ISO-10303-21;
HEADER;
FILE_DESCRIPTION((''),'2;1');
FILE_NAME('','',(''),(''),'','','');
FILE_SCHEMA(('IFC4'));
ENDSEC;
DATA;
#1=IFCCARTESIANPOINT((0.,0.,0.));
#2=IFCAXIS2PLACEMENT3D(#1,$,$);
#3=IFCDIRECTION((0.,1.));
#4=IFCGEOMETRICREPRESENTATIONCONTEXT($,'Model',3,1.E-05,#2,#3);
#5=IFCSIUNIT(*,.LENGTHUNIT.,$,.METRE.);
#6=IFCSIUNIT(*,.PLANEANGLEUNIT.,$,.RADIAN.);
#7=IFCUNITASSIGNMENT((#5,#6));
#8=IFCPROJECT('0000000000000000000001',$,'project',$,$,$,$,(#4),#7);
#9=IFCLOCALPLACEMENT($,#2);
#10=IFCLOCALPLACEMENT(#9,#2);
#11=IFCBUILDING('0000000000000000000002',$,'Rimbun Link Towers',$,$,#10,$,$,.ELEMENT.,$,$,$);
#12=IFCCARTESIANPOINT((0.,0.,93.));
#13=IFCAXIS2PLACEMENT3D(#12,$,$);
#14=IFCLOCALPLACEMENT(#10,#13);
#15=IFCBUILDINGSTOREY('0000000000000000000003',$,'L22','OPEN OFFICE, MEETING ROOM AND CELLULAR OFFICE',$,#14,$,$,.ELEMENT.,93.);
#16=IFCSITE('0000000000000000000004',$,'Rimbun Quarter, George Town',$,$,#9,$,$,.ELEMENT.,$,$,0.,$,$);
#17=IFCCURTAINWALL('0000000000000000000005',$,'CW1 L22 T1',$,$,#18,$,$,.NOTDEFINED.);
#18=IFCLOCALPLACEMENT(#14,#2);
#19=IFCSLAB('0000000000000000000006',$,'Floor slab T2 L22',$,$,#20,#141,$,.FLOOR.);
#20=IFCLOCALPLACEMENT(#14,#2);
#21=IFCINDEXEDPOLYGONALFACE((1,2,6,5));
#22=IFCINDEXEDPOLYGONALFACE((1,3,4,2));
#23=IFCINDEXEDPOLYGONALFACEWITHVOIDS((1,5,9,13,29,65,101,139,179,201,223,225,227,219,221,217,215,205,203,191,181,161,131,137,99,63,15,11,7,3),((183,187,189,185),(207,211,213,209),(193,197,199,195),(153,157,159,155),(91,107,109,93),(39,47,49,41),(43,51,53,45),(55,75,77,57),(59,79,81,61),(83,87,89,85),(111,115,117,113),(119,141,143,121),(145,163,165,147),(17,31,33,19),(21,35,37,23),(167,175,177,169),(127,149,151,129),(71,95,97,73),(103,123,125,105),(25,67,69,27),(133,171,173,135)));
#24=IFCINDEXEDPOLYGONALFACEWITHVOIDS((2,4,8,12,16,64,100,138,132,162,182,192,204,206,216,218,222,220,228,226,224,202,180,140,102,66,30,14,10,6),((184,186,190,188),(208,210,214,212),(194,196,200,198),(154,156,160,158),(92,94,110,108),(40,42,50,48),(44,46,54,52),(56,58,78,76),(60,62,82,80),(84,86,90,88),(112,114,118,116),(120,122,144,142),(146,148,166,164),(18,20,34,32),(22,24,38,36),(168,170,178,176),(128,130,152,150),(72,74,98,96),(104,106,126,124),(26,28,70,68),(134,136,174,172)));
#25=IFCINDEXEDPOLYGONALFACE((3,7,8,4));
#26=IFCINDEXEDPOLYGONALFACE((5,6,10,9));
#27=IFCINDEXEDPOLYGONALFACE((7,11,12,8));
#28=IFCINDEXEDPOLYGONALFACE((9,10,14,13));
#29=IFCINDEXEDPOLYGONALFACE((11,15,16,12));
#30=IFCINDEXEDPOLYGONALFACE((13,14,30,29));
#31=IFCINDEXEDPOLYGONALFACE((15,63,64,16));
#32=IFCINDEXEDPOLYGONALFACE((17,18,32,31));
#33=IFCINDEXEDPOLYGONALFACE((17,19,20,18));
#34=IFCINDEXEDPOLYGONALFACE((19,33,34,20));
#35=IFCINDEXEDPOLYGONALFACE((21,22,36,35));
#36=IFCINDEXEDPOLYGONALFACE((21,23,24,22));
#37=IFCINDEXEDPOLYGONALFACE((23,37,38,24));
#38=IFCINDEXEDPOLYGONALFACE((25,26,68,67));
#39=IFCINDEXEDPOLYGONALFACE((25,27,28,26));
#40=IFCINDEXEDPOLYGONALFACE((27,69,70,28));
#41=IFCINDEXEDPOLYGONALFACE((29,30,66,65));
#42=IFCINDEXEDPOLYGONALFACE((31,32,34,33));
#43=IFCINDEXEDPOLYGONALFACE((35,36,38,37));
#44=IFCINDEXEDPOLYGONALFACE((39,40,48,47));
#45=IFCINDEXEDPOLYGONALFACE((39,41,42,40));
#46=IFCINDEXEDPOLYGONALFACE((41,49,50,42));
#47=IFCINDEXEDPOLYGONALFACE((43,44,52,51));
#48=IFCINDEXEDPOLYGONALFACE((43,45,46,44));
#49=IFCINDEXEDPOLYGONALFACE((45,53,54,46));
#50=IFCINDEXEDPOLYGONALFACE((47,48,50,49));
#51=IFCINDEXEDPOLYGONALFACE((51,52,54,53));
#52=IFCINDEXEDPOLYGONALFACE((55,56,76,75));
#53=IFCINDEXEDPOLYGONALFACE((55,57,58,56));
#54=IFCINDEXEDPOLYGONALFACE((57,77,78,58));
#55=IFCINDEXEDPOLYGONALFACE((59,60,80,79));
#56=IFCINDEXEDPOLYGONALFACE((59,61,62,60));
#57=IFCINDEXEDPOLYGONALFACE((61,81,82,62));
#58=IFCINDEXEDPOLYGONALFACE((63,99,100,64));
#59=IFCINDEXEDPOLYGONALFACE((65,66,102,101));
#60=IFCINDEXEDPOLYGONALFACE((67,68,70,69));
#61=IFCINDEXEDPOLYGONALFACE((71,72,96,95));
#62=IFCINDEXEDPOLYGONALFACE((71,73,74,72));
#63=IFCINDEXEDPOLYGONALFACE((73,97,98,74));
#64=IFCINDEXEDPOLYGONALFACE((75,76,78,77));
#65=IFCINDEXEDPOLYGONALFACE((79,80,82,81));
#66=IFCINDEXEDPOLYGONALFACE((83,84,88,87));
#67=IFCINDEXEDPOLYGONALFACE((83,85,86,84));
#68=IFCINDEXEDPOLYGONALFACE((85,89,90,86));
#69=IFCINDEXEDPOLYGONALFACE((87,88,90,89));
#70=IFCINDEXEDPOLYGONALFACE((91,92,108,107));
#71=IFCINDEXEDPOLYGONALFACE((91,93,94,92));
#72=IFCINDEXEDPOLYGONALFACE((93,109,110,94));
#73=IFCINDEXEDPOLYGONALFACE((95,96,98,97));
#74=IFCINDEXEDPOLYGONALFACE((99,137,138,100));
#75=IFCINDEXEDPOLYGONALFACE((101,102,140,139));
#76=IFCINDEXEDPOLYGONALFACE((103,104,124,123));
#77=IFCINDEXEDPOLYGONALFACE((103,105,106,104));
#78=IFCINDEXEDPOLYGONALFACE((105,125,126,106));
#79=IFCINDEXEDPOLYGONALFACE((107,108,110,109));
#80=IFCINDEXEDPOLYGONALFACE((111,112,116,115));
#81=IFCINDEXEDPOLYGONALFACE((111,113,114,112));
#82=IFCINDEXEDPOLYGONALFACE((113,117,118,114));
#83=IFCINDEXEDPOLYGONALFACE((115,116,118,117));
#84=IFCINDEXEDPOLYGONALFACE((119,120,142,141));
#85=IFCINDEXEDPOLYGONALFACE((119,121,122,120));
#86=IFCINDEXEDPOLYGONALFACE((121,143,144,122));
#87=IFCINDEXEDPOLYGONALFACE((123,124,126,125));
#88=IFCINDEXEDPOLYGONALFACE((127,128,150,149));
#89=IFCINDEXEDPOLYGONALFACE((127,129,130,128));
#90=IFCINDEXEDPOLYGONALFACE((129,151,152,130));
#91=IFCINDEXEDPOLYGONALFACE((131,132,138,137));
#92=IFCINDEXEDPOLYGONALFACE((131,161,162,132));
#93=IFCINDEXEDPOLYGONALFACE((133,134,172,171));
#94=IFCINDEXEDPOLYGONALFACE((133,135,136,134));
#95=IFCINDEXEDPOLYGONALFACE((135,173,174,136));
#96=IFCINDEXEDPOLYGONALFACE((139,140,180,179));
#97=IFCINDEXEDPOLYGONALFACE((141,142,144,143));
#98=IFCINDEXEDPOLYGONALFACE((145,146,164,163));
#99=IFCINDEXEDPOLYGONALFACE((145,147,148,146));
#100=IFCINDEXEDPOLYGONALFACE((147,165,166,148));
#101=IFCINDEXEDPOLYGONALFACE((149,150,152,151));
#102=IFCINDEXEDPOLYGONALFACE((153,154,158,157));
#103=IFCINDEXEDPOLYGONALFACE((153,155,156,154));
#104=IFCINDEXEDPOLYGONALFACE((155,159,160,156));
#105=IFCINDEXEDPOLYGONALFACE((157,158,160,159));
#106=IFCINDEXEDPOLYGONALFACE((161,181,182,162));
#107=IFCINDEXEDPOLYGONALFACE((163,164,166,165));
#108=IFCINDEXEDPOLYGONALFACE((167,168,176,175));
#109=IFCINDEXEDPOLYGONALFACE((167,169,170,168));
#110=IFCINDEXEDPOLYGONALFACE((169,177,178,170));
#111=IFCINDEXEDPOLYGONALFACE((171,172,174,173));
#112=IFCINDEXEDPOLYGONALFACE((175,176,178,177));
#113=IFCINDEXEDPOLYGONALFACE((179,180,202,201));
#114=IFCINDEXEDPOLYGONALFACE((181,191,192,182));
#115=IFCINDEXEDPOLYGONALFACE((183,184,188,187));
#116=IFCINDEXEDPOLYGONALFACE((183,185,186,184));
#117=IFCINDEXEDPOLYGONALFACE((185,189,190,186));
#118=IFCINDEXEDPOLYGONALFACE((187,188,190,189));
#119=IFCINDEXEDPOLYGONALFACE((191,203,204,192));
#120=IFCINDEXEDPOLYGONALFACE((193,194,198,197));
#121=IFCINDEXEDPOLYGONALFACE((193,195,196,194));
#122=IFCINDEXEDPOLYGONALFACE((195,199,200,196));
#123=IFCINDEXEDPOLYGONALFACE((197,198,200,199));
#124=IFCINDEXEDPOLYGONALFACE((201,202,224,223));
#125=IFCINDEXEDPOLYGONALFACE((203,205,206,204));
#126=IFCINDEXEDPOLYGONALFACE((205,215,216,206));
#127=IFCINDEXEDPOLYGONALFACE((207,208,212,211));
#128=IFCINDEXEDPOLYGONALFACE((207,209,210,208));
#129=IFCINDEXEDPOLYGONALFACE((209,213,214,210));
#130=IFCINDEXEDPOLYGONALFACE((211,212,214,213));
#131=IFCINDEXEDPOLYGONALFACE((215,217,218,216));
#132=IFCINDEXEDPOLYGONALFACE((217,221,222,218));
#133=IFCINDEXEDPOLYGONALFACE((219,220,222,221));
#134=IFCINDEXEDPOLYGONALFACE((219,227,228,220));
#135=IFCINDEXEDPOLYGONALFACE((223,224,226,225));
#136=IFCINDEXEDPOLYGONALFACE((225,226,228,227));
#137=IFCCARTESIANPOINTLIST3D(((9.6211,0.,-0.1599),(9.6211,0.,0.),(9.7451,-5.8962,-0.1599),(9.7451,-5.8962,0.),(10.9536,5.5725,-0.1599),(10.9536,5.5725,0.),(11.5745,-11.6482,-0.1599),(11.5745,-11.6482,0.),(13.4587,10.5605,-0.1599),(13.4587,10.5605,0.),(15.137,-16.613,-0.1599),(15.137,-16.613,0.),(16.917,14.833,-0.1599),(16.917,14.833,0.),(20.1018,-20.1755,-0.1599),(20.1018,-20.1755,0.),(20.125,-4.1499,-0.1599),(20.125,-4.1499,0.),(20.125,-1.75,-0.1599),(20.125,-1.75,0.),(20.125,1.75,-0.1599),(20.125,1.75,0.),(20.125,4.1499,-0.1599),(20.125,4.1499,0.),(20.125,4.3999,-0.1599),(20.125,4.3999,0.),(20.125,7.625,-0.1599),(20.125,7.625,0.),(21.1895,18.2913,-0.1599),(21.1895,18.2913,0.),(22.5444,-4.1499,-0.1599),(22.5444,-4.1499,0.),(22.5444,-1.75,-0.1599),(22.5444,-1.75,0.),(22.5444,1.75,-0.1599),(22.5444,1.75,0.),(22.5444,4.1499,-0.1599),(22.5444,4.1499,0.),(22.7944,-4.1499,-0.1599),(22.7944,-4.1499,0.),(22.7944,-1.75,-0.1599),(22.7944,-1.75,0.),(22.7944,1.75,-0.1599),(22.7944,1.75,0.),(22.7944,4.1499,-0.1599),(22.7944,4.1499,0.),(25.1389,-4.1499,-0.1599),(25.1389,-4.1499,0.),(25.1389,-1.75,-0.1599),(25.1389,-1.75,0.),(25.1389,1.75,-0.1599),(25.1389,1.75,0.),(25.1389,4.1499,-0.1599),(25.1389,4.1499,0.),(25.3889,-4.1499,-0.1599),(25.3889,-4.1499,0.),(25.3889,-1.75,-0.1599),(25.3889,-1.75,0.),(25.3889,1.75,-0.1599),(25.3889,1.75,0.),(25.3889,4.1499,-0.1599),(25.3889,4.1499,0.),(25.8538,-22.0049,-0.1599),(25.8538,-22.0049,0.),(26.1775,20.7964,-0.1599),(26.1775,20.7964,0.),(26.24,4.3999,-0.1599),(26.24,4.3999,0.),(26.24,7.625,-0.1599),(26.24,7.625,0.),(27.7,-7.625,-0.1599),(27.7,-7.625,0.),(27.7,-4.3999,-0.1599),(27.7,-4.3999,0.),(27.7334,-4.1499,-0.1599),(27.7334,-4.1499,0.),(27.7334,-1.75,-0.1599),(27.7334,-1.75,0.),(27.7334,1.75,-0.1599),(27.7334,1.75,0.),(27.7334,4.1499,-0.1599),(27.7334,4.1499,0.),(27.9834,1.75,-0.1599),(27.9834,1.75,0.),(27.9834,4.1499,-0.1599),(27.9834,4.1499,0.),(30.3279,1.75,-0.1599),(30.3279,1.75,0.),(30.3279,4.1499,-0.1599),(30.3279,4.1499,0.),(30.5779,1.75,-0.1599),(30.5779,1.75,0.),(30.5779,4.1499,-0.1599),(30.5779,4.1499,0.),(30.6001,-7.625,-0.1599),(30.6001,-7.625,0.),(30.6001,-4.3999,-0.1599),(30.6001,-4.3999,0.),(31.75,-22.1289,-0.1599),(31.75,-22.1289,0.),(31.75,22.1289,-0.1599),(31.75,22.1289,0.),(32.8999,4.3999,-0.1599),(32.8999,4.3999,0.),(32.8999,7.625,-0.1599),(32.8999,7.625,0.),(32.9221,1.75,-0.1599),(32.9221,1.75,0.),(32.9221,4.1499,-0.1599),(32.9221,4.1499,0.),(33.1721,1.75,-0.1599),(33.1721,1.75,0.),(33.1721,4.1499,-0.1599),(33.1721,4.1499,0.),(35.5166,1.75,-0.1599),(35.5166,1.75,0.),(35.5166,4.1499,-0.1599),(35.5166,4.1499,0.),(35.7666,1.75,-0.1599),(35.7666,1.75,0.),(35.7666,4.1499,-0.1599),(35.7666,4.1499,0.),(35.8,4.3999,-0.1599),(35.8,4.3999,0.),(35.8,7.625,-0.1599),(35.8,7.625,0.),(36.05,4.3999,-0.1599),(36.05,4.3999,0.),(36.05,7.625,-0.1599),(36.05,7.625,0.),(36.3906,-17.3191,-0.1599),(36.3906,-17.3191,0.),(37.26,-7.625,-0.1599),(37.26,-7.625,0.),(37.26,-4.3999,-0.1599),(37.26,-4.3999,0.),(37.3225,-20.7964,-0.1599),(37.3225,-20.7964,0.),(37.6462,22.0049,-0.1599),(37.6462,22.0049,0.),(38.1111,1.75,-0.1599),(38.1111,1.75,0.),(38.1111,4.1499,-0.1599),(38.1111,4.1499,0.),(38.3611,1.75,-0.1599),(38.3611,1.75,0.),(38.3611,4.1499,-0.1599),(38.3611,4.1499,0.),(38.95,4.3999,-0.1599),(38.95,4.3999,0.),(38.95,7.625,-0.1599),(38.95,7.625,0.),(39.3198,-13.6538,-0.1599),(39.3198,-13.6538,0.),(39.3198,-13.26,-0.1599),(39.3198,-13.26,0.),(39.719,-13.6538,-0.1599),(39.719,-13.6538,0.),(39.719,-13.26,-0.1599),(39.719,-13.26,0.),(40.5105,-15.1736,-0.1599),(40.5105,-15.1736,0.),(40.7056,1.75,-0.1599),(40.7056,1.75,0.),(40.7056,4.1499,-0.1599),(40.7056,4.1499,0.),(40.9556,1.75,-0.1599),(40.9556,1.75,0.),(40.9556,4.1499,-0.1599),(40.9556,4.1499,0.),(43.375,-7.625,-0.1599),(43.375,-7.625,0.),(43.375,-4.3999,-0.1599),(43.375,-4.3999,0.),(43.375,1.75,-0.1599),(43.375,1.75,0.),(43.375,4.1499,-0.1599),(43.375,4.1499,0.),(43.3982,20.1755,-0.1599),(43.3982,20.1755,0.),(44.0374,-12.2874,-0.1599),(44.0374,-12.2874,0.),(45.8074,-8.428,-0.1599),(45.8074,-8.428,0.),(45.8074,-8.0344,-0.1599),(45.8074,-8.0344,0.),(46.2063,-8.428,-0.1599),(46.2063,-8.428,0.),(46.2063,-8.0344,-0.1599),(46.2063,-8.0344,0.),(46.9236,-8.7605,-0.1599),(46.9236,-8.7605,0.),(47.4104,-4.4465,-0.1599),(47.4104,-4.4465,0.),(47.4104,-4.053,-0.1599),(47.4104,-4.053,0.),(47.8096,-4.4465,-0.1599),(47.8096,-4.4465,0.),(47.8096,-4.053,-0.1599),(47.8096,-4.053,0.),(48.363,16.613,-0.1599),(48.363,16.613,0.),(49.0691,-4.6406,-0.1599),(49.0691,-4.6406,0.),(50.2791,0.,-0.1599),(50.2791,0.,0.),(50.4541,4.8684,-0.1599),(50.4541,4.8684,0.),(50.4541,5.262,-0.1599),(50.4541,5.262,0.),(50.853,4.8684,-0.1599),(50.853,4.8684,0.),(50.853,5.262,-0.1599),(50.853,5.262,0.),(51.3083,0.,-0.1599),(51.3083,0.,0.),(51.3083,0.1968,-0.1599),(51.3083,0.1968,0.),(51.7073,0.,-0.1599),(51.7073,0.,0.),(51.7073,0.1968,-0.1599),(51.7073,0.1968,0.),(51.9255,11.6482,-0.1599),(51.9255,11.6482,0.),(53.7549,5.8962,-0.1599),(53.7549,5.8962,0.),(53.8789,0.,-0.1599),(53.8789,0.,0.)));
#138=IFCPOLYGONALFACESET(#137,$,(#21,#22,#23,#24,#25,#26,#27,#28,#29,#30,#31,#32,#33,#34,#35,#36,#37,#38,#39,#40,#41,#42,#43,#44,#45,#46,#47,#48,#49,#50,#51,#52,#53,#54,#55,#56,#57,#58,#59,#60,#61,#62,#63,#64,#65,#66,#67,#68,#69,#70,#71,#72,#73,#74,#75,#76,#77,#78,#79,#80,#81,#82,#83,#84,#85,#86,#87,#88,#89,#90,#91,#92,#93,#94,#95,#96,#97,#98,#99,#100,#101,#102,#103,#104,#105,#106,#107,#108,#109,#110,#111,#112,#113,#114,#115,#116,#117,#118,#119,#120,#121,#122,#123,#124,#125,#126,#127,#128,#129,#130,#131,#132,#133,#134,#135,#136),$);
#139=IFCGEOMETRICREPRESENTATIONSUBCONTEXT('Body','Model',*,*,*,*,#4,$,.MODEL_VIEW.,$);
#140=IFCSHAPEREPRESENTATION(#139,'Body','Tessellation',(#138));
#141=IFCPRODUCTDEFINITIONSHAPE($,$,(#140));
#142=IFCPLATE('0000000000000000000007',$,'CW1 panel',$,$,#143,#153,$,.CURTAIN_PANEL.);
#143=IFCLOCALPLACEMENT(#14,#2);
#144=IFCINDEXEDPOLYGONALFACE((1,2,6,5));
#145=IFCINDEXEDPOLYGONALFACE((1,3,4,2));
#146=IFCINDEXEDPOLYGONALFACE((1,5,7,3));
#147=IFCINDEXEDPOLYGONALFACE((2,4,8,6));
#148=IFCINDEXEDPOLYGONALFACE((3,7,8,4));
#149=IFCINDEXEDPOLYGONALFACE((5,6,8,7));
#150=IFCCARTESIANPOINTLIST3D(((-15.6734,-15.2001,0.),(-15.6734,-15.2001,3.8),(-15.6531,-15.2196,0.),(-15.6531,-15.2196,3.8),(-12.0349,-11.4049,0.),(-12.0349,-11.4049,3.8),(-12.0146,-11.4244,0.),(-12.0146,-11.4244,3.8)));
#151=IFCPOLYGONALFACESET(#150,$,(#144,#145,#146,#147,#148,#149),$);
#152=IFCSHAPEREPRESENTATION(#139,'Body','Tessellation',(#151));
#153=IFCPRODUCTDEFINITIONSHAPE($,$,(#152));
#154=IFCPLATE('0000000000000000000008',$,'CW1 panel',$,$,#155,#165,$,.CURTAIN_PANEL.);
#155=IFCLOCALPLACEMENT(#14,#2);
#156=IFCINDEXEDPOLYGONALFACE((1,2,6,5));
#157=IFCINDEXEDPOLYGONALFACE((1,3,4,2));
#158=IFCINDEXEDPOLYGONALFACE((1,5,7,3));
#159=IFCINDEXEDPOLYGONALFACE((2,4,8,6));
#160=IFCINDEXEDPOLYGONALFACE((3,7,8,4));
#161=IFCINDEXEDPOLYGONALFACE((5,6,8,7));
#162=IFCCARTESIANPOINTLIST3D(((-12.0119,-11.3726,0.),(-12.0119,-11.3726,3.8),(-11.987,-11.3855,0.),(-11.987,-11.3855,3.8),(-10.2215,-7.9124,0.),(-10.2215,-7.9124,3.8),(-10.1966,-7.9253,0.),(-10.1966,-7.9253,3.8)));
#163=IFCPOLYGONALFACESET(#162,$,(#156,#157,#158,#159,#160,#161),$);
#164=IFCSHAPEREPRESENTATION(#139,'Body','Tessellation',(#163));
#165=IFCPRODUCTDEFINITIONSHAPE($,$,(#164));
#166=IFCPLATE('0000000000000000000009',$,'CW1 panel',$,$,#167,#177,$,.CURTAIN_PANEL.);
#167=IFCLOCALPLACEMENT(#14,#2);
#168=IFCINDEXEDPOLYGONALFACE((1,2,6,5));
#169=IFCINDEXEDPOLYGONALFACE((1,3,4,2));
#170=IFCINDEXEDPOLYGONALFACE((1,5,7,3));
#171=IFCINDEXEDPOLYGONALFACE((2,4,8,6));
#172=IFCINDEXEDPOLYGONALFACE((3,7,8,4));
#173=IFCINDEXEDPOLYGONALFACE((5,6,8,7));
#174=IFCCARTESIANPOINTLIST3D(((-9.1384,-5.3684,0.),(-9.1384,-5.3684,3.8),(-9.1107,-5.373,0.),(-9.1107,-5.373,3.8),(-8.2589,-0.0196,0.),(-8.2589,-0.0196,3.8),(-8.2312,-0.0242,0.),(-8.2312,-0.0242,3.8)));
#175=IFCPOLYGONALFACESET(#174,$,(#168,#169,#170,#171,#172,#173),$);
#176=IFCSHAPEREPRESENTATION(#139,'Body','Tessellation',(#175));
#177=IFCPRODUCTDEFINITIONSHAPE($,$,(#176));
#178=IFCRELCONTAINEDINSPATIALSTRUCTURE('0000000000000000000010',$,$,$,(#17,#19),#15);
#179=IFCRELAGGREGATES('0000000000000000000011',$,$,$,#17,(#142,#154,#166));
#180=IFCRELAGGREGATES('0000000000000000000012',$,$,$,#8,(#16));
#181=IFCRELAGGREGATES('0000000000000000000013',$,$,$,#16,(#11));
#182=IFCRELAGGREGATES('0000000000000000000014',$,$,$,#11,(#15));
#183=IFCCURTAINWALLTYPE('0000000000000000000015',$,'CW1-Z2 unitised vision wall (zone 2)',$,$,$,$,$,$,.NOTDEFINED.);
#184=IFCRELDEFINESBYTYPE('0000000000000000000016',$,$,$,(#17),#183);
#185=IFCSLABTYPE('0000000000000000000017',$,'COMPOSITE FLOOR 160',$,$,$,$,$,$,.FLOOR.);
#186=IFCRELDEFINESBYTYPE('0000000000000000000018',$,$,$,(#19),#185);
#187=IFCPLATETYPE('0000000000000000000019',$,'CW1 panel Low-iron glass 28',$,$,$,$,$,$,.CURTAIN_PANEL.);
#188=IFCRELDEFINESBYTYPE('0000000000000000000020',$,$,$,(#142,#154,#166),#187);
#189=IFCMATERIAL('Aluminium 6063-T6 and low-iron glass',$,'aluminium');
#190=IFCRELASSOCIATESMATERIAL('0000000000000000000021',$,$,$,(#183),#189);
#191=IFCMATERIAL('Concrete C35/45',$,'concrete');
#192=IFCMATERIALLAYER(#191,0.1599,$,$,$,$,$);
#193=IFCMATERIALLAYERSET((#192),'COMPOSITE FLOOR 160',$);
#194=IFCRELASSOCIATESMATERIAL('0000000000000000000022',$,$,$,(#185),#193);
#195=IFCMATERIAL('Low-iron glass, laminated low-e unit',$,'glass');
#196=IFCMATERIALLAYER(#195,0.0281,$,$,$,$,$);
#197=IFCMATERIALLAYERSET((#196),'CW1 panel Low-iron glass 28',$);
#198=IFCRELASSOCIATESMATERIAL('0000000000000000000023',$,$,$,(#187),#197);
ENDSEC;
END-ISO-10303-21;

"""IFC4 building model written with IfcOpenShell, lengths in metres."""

from ifc_helpers import new_model, si_unit, direction, frame, origin, origin_2d, place, context, subcontext, project, spatial, polyline, rectangle, outline, extrude, material, layer, layer_set, type_object, element, aggregate, save


model = new_model("IFC4")

# Units and contexts
model_context = context("Model", 3, precision=1e-05, world=origin(), true_north=direction((0.0, 1.0)))
body_context = subcontext(model_context, "Body", "Model", "MODEL_VIEW")
ifc_project = project(units=[si_unit("LENGTHUNIT", "METRE"), si_unit("PLANEANGLEUNIT", "RADIAN")], contexts=[model_context])

# Site, building, storey
site_placement = place(None, origin())
site = spatial("IfcSite", under=ifc_project, at=site_placement, Name="Rimbun Quarter, George Town", CompositionType="ELEMENT", RefElevation=0.0)
building_placement = place(site_placement, origin())
building = spatial("IfcBuilding", under=site, at=building_placement, Name="Rimbun Link Towers", CompositionType="ELEMENT")
storey_placement = place(building_placement, frame((0.0, 0.0, 93.0)))
storey = spatial("IfcBuildingStorey", under=building, at=storey_placement, Name="L22", Description="OPEN OFFICE, MEETING ROOM AND CELLULAR OFFICE", CompositionType="ELEMENT", Elevation=93.0)

# Curtain wall
ifc_material_1 = material(Name="Aluminium 6063-T6 and low-iron glass", Category="aluminium")
curtain_wall_type = type_object("IfcCurtainWallType", Name="CW1-Z2 unitised vision wall (zone 2)", PredefinedType="NOTDEFINED", material=ifc_material_1)
curtain_wall_placement = place(storey_placement, origin())
curtain_wall = element("IfcCurtainWall", 1, at=curtain_wall_placement, inside=storey, type_object=curtain_wall_type, Name="CW1 L22 T1", PredefinedType="NOTDEFINED")

# Slab
ifc_material_2 = material(Name="Concrete C35/45", Category="concrete")
ifc_layer_1 = layer(ifc_material_2, 0.1599)
ifc_layer_set_1 = layer_set([ifc_layer_1], Name="COMPOSITE FLOOR 160")
slab_type_1 = type_object("IfcSlabType", Name="COMPOSITE FLOOR 160", PredefinedType="FLOOR", material=ifc_layer_set_1)
slab_1_placement = place(storey_placement, frame((0.0, 0.0, -0.1599)))
element("IfcSlab", 2, at=slab_1_placement, inside=storey, type_object=slab_type_1, Name="Floor slab T2 L22", PredefinedType="FLOOR", context=body_context, shape_type="SweptSolid", body=[
    extrude(outline(polyline([(50.2791, 0.0), (49.0691, -4.6406), (46.9236, -8.7605), (44.0374, -12.2874), (40.5105, -15.1736), (36.3906, -17.3191), (37.3225, -20.7964), (31.75, -22.1289), (25.8538, -22.0049), (20.1018, -20.1755), (15.137, -16.613), (11.5745, -11.6482), (9.7451, -5.8962), (9.6211, 0.0), (10.9536, 5.5725), (13.4587, 10.5605), (16.917, 14.833), (21.1895, 18.2913), (26.1775, 20.7964), (31.75, 22.1289), (37.6462, 22.0049), (43.3982, 20.1755), (48.363, 16.613), (51.9255, 11.6482), (53.7549, 5.8962), (53.8789, 0.0), (51.7073, 0.0), (51.7073, 0.1968), (51.3083, 0.1968), (51.3083, 0.0), (50.2791, 0.0)]), holes=[polyline([(30.6001, -7.625), (30.6001, -4.3999), (27.7, -4.3999), (27.7, -7.625), (30.6001, -7.625)]), polyline([(22.5444, -4.1499), (22.5444, -1.75), (20.125, -1.75), (20.125, -4.1499), (22.5444, -4.1499)]), polyline([(25.1389, -4.1499), (25.1389, -1.75), (22.7944, -1.75), (22.7944, -4.1499), (25.1389, -4.1499)]), polyline([(25.3889, -4.1499), (27.7334, -4.1499), (27.7334, -1.75), (25.3889, -1.75), (25.3889, -4.1499)]), polyline([(20.125, 1.75), (22.5444, 1.75), (22.5444, 4.1499), (20.125, 4.1499), (20.125, 1.75)]), polyline([(25.1389, 1.75), (25.1389, 4.1499), (22.7944, 4.1499), (22.7944, 1.75), (25.1389, 1.75)]), polyline([(25.3889, 1.75), (27.7334, 1.75), (27.7334, 4.1499), (25.3889, 4.1499), (25.3889, 1.75)]), polyline([(27.9834, 1.75), (30.3279, 1.75), (30.3279, 4.1499), (27.9834, 4.1499), (27.9834, 1.75)]), polyline([(32.9221, 1.75), (32.9221, 4.1499), (30.5779, 4.1499), (30.5779, 1.75), (32.9221, 1.75)]), polyline([(33.1721, 1.75), (35.5166, 1.75), (35.5166, 4.1499), (33.1721, 4.1499), (33.1721, 1.75)]), polyline([(20.125, 4.3999), (26.24, 4.3999), (26.24, 7.625), (20.125, 7.625), (20.125, 4.3999)]), polyline([(39.719, -13.6538), (39.719, -13.26), (39.3198, -13.26), (39.3198, -13.6538), (39.719, -13.6538)]), polyline([(46.2063, -8.428), (46.2063, -8.0344), (45.8074, -8.0344), (45.8074, -8.428), (46.2063, -8.428)]), polyline([(43.375, -7.625), (43.375, -4.3999), (37.26, -4.3999), (37.26, -7.625), (43.375, -7.625)]), polyline([(47.4104, -4.4465), (47.8096, -4.4465), (47.8096, -4.053), (47.4104, -4.053), (47.4104, -4.4465)]), polyline([(38.1111, 1.75), (38.1111, 4.1499), (35.7666, 4.1499), (35.7666, 1.75), (38.1111, 1.75)]), polyline([(38.3611, 1.75), (40.7056, 1.75), (40.7056, 4.1499), (38.3611, 4.1499), (38.3611, 1.75)]), polyline([(40.9556, 1.75), (43.375, 1.75), (43.375, 4.1499), (40.9556, 4.1499), (40.9556, 1.75)]), polyline([(50.853, 4.8684), (50.853, 5.262), (50.4541, 5.262), (50.4541, 4.8684), (50.853, 4.8684)]), polyline([(32.8999, 4.3999), (35.8, 4.3999), (35.8, 7.625), (32.8999, 7.625), (32.8999, 4.3999)]), polyline([(36.05, 4.3999), (38.95, 4.3999), (38.95, 7.625), (36.05, 7.625), (36.05, 4.3999)])]), origin(), (0.0, 0.0, 1.0), 0.1599),
])

# Plates
ifc_material_3 = material(Name="Low-iron glass, laminated low-e unit", Category="glass")
ifc_layer_2 = layer(ifc_material_3, 0.0281)
ifc_layer_set_2 = layer_set([ifc_layer_2], Name="CW1 panel Low-iron glass 28")
plate_type = type_object("IfcPlateType", Name="CW1 panel Low-iron glass 28", PredefinedType="CURTAIN_PANEL", material=ifc_layer_set_2)
plate_1_placement = place(storey_placement, frame((-13.844, -13.3123, 0.0), z_axis=(0.0, 0.0, 1.0), x_axis=(-0.692045, -0.721854, 0.0)))
plate_1 = element("IfcPlate", 3, at=plate_1_placement, type_object=plate_type, Name="CW1 panel", PredefinedType="CURTAIN_PANEL", context=body_context, shape_type="SweptSolid", body=[
    extrude(rectangle(XDim=5.2576, YDim=0.0281, at=origin_2d()), origin(), (0.0, 0.0, 1.0), 3.8),
])
plate_2_placement = place(storey_placement, frame((-11.1042, -9.6489, 0.0), z_axis=(0.0, 0.0, 1.0), x_axis=(-0.459556, -0.888149, 0.0)))
plate_2 = element("IfcPlate", 4, at=plate_2_placement, type_object=plate_type, Name="CW1 panel", PredefinedType="CURTAIN_PANEL", context=body_context, shape_type="SweptSolid", body=[
    extrude(rectangle(XDim=3.896, YDim=0.0281, at=origin_2d()), origin(), (0.0, 0.0, 1.0), 3.8),
])
plate_3_placement = place(storey_placement, frame((-8.6848, -2.6963, 0.0), z_axis=(0.0, 0.0, 1.0), x_axis=(-0.16226, -0.986748, 0.0)))
plate_3 = element("IfcPlate", 5, at=plate_3_placement, type_object=plate_type, Name="CW1 panel", PredefinedType="CURTAIN_PANEL", context=body_context, shape_type="SweptSolid", body=[
    extrude(rectangle(XDim=5.4207, YDim=0.0281, at=origin_2d()), origin(), (0.0, 0.0, 1.0), 3.8),
])
aggregate(curtain_wall, [plate_1, plate_2, plate_3])

save(model, "model.ifc")
